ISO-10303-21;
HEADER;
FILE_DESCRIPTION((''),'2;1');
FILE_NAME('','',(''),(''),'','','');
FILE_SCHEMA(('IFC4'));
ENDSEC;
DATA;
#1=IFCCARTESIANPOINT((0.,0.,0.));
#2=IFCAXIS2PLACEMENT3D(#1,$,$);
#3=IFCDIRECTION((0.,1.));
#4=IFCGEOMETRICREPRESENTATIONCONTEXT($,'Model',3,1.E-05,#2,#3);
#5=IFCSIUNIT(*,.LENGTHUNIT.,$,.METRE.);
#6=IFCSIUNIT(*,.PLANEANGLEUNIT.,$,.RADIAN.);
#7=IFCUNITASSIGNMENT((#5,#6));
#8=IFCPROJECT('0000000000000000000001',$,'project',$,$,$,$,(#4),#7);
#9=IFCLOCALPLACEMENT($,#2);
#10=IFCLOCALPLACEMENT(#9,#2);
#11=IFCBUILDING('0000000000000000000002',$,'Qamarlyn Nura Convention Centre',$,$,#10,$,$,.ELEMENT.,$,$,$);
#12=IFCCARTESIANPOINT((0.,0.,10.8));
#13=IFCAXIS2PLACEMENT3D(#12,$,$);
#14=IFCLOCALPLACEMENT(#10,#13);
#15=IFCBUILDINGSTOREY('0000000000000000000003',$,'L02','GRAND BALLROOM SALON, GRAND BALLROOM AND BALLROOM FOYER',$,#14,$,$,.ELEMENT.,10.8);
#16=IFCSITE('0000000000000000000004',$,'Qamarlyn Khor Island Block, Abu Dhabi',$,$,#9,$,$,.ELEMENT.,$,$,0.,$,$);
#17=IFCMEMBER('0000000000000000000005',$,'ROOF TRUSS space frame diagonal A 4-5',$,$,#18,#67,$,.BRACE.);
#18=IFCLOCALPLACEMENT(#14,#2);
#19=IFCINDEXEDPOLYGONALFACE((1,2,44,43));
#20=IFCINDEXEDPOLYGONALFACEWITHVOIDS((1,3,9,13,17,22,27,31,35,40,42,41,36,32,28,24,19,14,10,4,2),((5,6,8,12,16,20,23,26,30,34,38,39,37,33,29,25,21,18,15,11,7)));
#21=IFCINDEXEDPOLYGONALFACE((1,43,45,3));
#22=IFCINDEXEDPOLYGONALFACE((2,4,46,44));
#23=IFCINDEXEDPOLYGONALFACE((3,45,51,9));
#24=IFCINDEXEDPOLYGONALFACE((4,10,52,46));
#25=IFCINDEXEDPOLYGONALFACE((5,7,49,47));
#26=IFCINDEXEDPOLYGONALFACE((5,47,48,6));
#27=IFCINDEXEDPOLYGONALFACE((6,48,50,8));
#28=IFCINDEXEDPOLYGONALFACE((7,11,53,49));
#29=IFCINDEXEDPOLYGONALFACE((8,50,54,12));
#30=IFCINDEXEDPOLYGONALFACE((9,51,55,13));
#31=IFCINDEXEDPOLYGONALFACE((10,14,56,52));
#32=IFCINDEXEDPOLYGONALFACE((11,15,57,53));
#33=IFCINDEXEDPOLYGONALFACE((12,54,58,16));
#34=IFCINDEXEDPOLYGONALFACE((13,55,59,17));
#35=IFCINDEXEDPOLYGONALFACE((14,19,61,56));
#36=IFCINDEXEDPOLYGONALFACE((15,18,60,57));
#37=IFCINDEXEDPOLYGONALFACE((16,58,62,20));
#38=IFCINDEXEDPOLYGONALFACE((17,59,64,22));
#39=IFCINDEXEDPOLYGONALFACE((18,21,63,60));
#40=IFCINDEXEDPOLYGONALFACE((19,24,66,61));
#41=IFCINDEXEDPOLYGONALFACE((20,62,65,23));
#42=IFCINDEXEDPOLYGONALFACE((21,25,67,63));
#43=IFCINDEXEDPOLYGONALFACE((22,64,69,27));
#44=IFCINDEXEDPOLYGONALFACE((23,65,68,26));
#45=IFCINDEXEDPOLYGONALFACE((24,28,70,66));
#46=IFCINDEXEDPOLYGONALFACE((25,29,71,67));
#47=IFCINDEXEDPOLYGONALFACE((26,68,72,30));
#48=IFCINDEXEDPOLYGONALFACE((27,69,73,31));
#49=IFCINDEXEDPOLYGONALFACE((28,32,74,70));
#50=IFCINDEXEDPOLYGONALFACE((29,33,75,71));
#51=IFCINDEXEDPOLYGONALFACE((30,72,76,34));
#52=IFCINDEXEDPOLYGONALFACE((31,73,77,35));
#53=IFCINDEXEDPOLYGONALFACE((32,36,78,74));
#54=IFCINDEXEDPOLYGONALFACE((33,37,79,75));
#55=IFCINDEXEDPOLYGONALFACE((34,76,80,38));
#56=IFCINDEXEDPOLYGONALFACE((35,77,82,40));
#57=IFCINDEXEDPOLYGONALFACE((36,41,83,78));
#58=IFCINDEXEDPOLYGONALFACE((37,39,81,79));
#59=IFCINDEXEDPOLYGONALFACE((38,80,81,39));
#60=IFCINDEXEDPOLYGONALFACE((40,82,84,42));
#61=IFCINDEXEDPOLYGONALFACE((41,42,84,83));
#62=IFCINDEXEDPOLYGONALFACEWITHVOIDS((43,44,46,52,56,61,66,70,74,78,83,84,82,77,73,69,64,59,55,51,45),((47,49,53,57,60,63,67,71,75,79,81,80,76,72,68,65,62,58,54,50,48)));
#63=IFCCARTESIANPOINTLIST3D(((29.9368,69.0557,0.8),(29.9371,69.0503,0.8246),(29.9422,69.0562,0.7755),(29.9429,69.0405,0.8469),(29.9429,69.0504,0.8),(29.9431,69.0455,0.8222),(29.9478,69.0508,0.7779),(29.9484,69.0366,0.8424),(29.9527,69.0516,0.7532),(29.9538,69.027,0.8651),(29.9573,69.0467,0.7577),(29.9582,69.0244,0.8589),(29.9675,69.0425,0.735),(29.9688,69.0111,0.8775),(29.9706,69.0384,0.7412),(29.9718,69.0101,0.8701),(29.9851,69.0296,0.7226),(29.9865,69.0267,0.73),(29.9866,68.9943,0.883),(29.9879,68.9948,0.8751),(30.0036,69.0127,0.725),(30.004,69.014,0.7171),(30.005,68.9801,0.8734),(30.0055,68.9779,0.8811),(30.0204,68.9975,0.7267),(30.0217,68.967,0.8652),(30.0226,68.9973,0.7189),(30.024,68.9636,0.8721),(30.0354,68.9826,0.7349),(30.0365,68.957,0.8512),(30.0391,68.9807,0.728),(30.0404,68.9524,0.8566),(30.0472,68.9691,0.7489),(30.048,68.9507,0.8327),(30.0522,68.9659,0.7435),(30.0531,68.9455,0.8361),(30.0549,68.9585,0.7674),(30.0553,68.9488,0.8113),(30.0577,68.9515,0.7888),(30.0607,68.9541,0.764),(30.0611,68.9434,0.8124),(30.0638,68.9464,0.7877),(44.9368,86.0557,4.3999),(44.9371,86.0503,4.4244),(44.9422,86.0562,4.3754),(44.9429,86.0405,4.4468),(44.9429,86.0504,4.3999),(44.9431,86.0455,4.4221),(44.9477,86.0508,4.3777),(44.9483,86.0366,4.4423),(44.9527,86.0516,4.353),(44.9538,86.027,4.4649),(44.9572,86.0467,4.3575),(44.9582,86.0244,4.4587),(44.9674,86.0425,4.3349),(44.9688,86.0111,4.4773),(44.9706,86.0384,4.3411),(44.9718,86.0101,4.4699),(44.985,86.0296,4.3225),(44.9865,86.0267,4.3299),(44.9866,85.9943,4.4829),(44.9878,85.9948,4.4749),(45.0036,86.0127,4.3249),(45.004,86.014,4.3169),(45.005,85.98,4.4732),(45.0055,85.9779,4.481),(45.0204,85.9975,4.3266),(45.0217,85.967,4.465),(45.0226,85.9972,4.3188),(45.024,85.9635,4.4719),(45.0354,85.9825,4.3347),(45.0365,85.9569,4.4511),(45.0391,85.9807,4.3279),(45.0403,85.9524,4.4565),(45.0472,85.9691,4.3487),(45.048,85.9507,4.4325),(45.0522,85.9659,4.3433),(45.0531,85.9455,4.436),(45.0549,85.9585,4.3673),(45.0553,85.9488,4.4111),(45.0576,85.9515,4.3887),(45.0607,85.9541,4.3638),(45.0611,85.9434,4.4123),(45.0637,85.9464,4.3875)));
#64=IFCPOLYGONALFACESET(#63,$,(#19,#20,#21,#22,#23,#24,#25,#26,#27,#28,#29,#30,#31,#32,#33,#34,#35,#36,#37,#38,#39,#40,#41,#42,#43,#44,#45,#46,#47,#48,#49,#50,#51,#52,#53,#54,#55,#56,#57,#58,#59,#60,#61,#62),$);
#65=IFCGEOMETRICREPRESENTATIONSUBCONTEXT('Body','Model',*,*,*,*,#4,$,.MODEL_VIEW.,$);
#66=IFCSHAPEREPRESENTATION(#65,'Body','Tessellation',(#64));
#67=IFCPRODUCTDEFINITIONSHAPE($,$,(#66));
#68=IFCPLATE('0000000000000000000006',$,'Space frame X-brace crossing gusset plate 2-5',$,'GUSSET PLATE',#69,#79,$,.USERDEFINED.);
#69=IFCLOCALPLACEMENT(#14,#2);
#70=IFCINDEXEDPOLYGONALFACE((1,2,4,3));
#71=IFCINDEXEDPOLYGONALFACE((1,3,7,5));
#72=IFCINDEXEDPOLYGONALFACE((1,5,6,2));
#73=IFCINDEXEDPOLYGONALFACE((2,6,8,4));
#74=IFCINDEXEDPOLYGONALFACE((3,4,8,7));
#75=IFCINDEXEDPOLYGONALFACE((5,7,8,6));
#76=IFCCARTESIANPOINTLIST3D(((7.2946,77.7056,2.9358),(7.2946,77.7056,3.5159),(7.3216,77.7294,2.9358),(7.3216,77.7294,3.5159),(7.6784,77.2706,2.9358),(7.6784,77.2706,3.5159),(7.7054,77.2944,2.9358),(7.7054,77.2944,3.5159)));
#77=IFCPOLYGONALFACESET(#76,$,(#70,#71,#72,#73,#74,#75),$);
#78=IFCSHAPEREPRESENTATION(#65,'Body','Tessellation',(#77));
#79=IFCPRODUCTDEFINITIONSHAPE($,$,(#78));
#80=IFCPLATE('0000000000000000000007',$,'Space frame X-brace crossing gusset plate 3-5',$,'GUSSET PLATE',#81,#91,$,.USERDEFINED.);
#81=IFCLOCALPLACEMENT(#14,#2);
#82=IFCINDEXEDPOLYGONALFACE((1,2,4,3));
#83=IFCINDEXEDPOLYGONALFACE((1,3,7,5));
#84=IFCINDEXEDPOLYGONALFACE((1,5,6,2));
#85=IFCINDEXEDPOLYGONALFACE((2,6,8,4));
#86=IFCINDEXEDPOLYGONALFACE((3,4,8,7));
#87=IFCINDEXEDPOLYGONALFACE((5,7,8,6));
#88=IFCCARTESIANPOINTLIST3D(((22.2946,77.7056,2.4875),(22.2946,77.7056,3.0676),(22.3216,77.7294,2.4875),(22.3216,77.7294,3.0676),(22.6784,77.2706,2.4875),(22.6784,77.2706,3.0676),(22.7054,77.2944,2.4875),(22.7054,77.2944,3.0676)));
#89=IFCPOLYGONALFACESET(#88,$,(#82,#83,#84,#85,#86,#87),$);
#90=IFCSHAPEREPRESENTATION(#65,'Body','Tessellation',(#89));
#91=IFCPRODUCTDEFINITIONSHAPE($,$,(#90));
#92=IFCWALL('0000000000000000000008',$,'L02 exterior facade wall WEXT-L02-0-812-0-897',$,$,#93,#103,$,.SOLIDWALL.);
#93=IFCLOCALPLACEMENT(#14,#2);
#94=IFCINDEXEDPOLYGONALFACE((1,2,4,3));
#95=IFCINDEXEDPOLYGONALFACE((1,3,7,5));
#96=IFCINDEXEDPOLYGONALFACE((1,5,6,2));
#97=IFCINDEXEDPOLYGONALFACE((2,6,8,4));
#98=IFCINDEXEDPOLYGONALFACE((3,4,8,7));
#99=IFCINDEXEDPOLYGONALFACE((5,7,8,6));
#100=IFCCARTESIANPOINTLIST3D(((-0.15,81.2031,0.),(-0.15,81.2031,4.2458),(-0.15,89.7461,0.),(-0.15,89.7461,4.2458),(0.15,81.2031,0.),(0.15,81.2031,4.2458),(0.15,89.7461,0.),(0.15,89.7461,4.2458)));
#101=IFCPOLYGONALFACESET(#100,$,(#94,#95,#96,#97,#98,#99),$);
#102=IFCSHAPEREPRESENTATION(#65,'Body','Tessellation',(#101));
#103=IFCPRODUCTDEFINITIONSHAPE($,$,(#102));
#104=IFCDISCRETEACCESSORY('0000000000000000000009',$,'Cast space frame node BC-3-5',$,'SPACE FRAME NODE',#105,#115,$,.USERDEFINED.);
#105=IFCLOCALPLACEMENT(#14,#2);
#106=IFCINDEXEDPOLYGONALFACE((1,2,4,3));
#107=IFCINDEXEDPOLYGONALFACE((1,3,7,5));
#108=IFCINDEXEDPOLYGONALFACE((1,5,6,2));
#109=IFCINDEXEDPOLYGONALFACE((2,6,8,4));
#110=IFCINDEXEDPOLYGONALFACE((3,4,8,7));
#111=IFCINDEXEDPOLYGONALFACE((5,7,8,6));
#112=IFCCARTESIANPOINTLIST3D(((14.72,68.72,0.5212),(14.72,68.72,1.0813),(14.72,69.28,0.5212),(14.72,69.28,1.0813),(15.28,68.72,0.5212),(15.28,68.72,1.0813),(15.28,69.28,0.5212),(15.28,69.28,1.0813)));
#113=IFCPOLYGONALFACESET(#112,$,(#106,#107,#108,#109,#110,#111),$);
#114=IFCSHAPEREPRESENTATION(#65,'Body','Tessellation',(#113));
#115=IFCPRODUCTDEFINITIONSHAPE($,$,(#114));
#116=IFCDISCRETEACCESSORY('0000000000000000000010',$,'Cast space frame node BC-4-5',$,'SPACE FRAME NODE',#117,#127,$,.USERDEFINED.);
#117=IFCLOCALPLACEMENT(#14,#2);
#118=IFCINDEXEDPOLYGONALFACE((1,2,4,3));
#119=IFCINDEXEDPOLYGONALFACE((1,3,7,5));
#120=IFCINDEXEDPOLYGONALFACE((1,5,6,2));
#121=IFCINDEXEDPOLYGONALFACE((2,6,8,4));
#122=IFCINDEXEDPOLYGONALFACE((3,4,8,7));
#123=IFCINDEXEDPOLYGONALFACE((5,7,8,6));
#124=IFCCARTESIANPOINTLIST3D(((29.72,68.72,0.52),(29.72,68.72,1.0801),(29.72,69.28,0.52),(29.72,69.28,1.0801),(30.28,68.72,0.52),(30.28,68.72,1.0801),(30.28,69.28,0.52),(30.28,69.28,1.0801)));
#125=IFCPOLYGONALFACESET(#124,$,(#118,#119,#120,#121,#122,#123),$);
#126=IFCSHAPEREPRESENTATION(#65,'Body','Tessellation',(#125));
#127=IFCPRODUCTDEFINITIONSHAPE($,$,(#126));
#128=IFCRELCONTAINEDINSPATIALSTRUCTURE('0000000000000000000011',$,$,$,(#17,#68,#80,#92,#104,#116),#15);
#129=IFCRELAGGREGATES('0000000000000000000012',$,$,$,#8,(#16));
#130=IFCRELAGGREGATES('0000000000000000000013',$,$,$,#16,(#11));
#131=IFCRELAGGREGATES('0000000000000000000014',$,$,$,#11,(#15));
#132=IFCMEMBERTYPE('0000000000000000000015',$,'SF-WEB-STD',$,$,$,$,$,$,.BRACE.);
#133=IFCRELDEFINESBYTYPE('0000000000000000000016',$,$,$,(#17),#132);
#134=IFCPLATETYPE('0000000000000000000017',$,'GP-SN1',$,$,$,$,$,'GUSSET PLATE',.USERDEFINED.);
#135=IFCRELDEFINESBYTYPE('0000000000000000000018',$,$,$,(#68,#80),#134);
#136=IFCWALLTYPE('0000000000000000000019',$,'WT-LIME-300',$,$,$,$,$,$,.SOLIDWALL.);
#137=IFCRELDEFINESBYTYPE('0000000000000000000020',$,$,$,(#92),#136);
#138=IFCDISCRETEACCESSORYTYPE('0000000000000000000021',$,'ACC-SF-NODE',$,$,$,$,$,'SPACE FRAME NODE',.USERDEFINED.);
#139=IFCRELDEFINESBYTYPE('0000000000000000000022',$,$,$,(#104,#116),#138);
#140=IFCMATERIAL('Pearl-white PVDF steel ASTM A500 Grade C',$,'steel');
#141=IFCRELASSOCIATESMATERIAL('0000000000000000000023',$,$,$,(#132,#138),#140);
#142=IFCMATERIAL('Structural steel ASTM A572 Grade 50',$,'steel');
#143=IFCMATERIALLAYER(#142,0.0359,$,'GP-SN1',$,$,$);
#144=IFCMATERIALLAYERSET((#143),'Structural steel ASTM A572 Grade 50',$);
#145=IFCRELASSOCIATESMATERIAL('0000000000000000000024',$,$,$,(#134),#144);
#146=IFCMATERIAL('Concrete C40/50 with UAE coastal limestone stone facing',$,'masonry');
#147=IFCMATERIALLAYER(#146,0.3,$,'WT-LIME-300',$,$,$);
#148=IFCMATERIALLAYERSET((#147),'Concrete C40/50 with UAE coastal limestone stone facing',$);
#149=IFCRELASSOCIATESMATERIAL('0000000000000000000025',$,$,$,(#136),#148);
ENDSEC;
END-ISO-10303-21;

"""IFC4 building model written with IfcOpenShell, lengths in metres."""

from ifc_helpers import new_model, si_unit, direction, frame, frame_2d, origin, origin_2d, place, context, subcontext, project, spatial, rectangle, hollow_circle, extrude, material, layer, layer_set, material_profile, profile_set, type_object, element, save


model = new_model("IFC4")

# Units and contexts
model_context = context("Model", 3, precision=1e-05, world=origin(), true_north=direction((0.0, 1.0)))
body_context = subcontext(model_context, "Body", "Model", "MODEL_VIEW")
ifc_project = project(units=[si_unit("LENGTHUNIT", "METRE"), si_unit("PLANEANGLEUNIT", "RADIAN")], contexts=[model_context])

# Site, building, storey
site_placement = place(None, origin())
site = spatial("IfcSite", under=ifc_project, at=site_placement, Name="Qamarlyn Khor Island Block, Abu Dhabi", CompositionType="ELEMENT", RefElevation=0.0)
building_placement = place(site_placement, origin())
building = spatial("IfcBuilding", under=site, at=building_placement, Name="Qamarlyn Nura Convention Centre", CompositionType="ELEMENT")
storey_placement = place(building_placement, frame((0.0, 0.0, 10.8)))
storey = spatial("IfcBuildingStorey", under=building, at=storey_placement, Name="L02", Description="GRAND BALLROOM SALON, GRAND BALLROOM AND BALLROOM FOYER", CompositionType="ELEMENT", Elevation=10.8)

# Member
ifc_material_1 = material(Name="Pearl-white PVDF steel ASTM A500 Grade C", Category="steel")
ifc_material_profile_1 = material_profile(ifc_material_1, hollow_circle(Radius=0.0842, WallThickness=0.0081, at=origin_2d()), Name="CHS168.3X8")
ifc_profile_set_1 = profile_set([ifc_material_profile_1], Name="Pearl-white PVDF steel ASTM A500 Grade C")
member_type_1 = type_object("IfcMemberType", Name="SF-WEB-STD", PredefinedType="BRACE", material=ifc_profile_set_1)
member_1_placement = place(storey_placement, frame((30.0, 69.0, 0.8), z_axis=(0.653436, 0.74056, 0.156818), x_axis=(-0.749838, 0.661622, 0.0)))
element("IfcMember", 1, at=member_1_placement, inside=storey, type_object=member_type_1, Name="ROOF TRUSS space frame diagonal A 4-5", PredefinedType="BRACE", context=body_context, shape_type="SweptSolid", body=[
    extrude(hollow_circle(Radius=0.0842, WallThickness=0.0081, at=origin_2d()), origin(), (0.0, 0.0, 1.0), 22.9556),
])

# Plates
ifc_material_2 = material(Name="Structural steel ASTM A572 Grade 50", Category="steel")
ifc_layer_1 = layer(ifc_material_2, 0.0359, Name="GP-SN1")
ifc_layer_set_1 = layer_set([ifc_layer_1], Name="Structural steel ASTM A572 Grade 50")
plate_type = type_object("IfcPlateType", Name="GP-SN1", ElementType="GUSSET PLATE", PredefinedType="USERDEFINED", material=ifc_layer_set_1)
for number, where, z_axis, x_axis, name in (
    (2, (7.5, 77.5, 2.9358), (0.0, 0.0, 1.0), (-0.661622, 0.749837, 0.0), "Space frame X-brace crossing gusset plate 2-5"),
    (3, (22.5, 77.5, 2.4875), (0.0, 0.0, 1.0), (-0.661622, 0.749837, 0.0), "Space frame X-brace crossing gusset plate 3-5"),
):
    element("IfcPlate", number, at=place(storey_placement, frame(where, z_axis=z_axis, x_axis=x_axis)), inside=storey, type_object=plate_type, Name=name, ObjectType="GUSSET PLATE", PredefinedType="USERDEFINED", context=body_context, shape_type="SweptSolid", body=[
        extrude(rectangle(XDim=0.5801, YDim=0.0359, at=origin_2d()), origin(), (0.0, 0.0, 1.0), 0.5801),
    ])

# Wall
ifc_material_3 = material(Name="Concrete C40/50 with UAE coastal limestone stone facing", Category="masonry")
ifc_layer_2 = layer(ifc_material_3, 0.3, Name="WT-LIME-300")
ifc_layer_set_2 = layer_set([ifc_layer_2], Name="Concrete C40/50 with UAE coastal limestone stone facing")
wall_type = type_object("IfcWallType", Name="WT-LIME-300", PredefinedType="SOLIDWALL", material=ifc_layer_set_2)
wall_placement = place(storey_placement, frame((0.0, 81.2031, 0.0), z_axis=(0.0, 0.0, 1.0), x_axis=(0.0, 1.0, 0.0)))
element("IfcWall", 4, at=wall_placement, inside=storey, type_object=wall_type, Name="L02 exterior facade wall WEXT-L02-0-812-0-897", PredefinedType="SOLIDWALL", context=body_context, shape_type="SweptSolid", body=[
    extrude(rectangle(XDim=8.543, YDim=0.3, at=frame_2d((4.2715, 0.0))), origin(), (0.0, 0.0, 1.0), 4.2458),
])

# Discrete accessories
discrete_accessory_type = type_object("IfcDiscreteAccessoryType", Name="ACC-SF-NODE", ElementType="SPACE FRAME NODE", PredefinedType="USERDEFINED", material=ifc_material_1)
for number, where, z_axis, x_axis, name in (
    (5, (15.0, 69.0, 0.5212), (0.0, 0.0, 1.0), (1.0, 0.0, 0.0), "Cast space frame node BC-3-5"),
    (6, (30.0, 69.0, 0.52), (0.0, 0.0, 1.0), (1.0, 0.0, 0.0), "Cast space frame node BC-4-5"),
):
    element("IfcDiscreteAccessory", number, at=place(storey_placement, frame(where, z_axis=z_axis, x_axis=x_axis)), inside=storey, type_object=discrete_accessory_type, Name=name, ObjectType="SPACE FRAME NODE", PredefinedType="USERDEFINED", context=body_context, shape_type="SweptSolid", body=[
        extrude(rectangle(XDim=0.5601, YDim=0.5601, at=origin_2d()), origin(), (0.0, 0.0, 1.0), 0.5601),
    ])

save(model, "model.ifc")
